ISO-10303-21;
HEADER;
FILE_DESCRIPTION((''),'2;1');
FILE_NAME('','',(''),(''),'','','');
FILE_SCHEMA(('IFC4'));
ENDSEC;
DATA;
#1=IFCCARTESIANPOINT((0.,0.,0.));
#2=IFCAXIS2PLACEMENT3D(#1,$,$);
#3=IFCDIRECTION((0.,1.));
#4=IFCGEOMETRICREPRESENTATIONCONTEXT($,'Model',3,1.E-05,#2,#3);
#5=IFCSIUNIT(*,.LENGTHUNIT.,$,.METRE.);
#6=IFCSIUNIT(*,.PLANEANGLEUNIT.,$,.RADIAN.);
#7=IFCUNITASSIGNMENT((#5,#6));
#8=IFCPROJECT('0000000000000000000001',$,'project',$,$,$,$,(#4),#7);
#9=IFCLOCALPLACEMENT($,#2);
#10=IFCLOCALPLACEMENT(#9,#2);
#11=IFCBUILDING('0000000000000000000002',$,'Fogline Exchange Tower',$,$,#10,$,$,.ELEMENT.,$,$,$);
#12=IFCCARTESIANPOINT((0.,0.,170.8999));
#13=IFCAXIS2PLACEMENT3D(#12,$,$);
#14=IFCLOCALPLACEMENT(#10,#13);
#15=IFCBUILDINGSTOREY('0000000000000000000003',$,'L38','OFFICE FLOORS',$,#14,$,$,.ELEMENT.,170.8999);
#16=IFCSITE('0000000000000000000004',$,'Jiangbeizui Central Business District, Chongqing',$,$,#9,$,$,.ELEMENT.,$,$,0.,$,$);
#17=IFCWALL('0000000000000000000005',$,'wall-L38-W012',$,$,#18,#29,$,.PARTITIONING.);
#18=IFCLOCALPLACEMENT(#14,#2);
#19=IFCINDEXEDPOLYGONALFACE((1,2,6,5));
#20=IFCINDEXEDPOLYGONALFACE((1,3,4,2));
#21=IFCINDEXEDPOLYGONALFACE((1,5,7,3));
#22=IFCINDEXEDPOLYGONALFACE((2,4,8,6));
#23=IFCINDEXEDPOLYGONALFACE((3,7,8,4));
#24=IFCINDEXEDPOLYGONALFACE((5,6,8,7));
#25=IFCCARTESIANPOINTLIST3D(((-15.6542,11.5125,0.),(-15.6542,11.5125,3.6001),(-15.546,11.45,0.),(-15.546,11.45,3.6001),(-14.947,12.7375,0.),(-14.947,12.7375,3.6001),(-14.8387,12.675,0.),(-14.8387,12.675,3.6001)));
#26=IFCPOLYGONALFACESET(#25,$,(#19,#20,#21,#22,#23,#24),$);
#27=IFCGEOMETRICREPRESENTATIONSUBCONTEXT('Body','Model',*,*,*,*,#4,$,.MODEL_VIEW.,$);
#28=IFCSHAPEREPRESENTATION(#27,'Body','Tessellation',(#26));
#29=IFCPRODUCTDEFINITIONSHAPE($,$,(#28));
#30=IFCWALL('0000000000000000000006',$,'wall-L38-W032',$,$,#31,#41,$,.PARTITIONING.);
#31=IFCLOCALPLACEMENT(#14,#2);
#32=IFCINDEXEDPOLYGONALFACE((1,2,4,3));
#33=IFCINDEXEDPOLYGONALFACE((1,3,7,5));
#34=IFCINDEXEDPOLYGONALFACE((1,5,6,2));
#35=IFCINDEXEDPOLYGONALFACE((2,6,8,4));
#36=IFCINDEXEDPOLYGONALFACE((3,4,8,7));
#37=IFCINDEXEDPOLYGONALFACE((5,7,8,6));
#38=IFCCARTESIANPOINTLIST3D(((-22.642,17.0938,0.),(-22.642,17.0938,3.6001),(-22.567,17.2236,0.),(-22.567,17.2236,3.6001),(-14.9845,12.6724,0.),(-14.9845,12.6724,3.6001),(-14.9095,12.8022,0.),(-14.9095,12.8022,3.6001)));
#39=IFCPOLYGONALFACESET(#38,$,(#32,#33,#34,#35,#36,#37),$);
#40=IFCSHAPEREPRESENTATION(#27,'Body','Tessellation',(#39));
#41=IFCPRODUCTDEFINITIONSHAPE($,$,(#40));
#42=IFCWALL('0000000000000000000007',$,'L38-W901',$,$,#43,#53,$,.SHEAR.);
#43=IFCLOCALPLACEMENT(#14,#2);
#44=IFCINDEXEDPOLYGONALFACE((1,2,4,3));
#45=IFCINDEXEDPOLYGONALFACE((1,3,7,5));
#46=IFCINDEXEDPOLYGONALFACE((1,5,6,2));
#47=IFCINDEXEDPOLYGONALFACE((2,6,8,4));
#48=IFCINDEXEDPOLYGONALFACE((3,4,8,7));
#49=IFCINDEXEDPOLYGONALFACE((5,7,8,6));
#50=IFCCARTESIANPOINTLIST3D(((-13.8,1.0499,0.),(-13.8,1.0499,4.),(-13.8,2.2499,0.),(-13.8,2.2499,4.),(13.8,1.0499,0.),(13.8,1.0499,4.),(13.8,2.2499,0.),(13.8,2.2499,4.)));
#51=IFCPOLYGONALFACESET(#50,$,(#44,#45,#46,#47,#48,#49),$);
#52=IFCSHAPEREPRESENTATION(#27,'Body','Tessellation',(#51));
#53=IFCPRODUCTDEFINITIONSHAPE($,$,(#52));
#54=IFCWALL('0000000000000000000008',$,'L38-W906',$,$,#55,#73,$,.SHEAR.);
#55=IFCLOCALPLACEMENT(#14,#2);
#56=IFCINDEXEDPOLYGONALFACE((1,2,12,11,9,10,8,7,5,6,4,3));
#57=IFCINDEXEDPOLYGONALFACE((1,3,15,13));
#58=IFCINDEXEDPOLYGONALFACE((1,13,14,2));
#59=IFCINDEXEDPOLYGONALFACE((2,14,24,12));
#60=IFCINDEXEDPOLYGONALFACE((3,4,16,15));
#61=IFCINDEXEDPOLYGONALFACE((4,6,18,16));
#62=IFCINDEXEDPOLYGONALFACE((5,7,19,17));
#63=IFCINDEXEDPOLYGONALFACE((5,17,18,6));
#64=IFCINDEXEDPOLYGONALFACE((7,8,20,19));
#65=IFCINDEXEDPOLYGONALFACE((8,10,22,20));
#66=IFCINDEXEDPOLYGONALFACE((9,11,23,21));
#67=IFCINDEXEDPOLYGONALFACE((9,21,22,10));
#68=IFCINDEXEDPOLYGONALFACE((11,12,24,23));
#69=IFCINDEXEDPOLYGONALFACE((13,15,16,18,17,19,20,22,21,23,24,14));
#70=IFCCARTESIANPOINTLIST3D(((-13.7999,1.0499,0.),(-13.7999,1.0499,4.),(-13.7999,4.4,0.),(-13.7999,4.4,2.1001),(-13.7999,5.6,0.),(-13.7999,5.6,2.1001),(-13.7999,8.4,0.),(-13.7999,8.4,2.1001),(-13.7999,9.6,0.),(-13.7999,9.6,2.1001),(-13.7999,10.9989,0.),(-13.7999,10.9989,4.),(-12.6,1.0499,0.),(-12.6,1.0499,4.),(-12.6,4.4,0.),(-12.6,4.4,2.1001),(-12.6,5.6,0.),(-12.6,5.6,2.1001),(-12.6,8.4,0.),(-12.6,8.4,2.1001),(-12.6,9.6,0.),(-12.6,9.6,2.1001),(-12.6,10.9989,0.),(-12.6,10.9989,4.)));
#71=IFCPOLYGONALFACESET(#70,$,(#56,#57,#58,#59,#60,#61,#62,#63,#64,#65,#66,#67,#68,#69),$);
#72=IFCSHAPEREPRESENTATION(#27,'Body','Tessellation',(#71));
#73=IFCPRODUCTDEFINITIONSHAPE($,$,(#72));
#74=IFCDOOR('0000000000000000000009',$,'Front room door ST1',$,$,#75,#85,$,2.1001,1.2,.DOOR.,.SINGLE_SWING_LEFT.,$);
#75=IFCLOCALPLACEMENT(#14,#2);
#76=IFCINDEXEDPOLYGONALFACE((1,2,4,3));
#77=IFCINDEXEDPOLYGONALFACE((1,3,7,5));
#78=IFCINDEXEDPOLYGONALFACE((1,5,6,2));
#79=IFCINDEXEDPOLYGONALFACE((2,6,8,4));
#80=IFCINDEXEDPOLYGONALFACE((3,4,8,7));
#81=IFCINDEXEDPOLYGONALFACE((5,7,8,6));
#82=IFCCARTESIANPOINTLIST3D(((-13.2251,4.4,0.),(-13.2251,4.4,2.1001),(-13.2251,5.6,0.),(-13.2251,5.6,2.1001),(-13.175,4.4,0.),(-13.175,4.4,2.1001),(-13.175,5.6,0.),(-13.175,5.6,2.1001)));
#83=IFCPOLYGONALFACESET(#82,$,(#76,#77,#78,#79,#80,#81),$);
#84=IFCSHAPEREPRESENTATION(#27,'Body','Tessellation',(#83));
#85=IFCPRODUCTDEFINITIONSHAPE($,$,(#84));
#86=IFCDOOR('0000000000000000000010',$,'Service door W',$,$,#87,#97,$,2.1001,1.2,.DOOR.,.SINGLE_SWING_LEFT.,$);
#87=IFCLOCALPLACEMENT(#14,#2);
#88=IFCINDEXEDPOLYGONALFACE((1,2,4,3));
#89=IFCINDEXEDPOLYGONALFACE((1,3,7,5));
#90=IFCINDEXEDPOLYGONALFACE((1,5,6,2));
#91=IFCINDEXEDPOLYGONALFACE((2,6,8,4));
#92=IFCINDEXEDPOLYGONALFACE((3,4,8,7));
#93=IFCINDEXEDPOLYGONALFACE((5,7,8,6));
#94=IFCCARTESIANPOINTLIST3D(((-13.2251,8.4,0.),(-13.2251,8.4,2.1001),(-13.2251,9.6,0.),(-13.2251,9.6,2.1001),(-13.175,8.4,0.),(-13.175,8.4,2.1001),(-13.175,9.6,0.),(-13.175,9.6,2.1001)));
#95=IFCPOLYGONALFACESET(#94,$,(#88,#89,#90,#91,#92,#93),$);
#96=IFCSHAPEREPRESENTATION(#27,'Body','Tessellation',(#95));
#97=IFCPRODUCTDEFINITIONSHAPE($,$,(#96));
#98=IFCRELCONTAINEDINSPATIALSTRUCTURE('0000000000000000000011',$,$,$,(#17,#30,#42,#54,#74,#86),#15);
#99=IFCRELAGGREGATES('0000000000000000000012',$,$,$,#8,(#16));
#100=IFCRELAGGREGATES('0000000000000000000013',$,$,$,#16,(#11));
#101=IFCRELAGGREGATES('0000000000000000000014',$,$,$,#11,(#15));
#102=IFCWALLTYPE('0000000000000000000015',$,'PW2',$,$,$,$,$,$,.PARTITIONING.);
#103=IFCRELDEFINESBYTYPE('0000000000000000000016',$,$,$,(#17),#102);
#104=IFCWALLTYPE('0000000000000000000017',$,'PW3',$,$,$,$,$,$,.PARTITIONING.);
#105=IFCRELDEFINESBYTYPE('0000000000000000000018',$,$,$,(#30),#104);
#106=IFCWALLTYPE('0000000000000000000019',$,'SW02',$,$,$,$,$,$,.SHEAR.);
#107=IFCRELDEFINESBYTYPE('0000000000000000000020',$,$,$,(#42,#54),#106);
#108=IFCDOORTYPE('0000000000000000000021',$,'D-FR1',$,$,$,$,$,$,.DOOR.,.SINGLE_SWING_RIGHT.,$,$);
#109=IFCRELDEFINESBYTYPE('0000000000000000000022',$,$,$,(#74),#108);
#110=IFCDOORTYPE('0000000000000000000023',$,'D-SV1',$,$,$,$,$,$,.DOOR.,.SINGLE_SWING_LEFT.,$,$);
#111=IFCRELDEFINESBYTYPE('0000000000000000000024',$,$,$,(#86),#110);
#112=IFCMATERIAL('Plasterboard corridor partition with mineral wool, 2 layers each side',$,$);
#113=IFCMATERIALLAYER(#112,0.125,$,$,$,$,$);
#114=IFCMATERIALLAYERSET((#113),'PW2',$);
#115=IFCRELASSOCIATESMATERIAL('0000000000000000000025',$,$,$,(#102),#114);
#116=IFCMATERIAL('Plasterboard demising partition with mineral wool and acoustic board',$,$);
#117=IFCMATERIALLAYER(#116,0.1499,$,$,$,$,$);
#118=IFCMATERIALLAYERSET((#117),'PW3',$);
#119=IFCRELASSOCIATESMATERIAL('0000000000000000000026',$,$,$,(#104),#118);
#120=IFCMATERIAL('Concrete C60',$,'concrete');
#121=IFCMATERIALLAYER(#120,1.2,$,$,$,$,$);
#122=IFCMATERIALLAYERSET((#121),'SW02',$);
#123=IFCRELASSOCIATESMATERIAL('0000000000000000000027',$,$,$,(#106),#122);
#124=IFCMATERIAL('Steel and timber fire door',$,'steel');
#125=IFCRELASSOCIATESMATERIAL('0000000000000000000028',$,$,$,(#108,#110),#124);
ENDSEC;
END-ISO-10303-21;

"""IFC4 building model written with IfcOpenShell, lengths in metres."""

from ifc_helpers import new_model, si_unit, direction, frame, frame_2d, origin, place, context, subcontext, project, spatial, rectangle, extrude, material, layer, layer_set, type_object, element, fill, save


model = new_model("IFC4")

# Units and contexts
model_context = context("Model", 3, precision=1e-05, world=origin(), true_north=direction((0.0, 1.0)))
body_context = subcontext(model_context, "Body", "Model", "MODEL_VIEW")
ifc_project = project(units=[si_unit("LENGTHUNIT", "METRE"), si_unit("PLANEANGLEUNIT", "RADIAN")], contexts=[model_context])

# Site, building, storey
site_placement = place(None, origin())
site = spatial("IfcSite", under=ifc_project, at=site_placement, Name="Jiangbeizui Central Business District, Chongqing", CompositionType="ELEMENT", RefElevation=0.0)
building_placement = place(site_placement, origin())
building = spatial("IfcBuilding", under=site, at=building_placement, Name="Fogline Exchange Tower", CompositionType="ELEMENT")
storey_placement = place(building_placement, frame((0.0, 0.0, 170.8999)))
storey = spatial("IfcBuildingStorey", under=building, at=storey_placement, Name="L38", Description="OFFICE FLOORS", CompositionType="ELEMENT", Elevation=170.8999)

# Shared definitions
ifc_material_1 = material(Name="Steel and timber fire door", Category="steel")

# Shared definitions
ifc_material_2 = material(Name="Plasterboard corridor partition with mineral wool, 2 layers each side")
ifc_layer_1 = layer(ifc_material_2, 0.125)
ifc_layer_set_1 = layer_set([ifc_layer_1], Name="PW2")
wall_type_1 = type_object("IfcWallType", Name="PW2", PredefinedType="PARTITIONING", material=ifc_layer_set_1)

# Walls
wall_1_placement = place(storey_placement, frame((-15.6001, 11.4812, 0.0), z_axis=(0.0, 0.0, 1.0), x_axis=(0.499981, 0.866036, 0.0)))
element("IfcWall", 1, at=wall_1_placement, inside=storey, type_object=wall_type_1, Name="wall-L38-W012", PredefinedType="PARTITIONING", context=body_context, shape_type="SweptSolid", body=[
    extrude(rectangle(XDim=1.4146, YDim=0.125, at=frame_2d((0.7073, 0.0))), origin(), (0.0, 0.0, 1.0), 3.6001),
])
ifc_material_3 = material(Name="Plasterboard demising partition with mineral wool and acoustic board")
ifc_layer_2 = layer(ifc_material_3, 0.1499)
ifc_layer_set_2 = layer_set([ifc_layer_2], Name="PW3")
wall_type_2 = type_object("IfcWallType", Name="PW3", PredefinedType="PARTITIONING", material=ifc_layer_set_2)
wall_2_placement = place(storey_placement, frame((-14.947, 12.7373, 0.0), z_axis=(0.0, 0.0, 1.0), x_axis=(-0.866009, 0.500029, 0.0)))
element("IfcWall", 2, at=wall_2_placement, inside=storey, type_object=wall_type_2, Name="wall-L38-W032", PredefinedType="PARTITIONING", context=body_context, shape_type="SweptSolid", body=[
    extrude(rectangle(XDim=8.8423, YDim=0.1499, at=frame_2d((4.4211, 0.0))), origin(), (0.0, 0.0, 1.0), 3.6001),
])
ifc_material_4 = material(Name="Concrete C60", Category="concrete")
ifc_layer_3 = layer(ifc_material_4, 1.2)
ifc_layer_set_3 = layer_set([ifc_layer_3], Name="SW02")
wall_type_3 = type_object("IfcWallType", Name="SW02", PredefinedType="SHEAR", material=ifc_layer_set_3)
wall_3_placement = place(storey_placement, frame((-13.8, 1.6499, 0.0), z_axis=(0.0, 0.0, 1.0), x_axis=(1.0, 0.0, 0.0)))
element("IfcWall", 3, at=wall_3_placement, inside=storey, type_object=wall_type_3, Name="L38-W901", PredefinedType="SHEAR", context=body_context, shape_type="SweptSolid", body=[
    extrude(rectangle(XDim=27.6001, YDim=1.2, at=frame_2d((13.8, 0.0))), origin(), (0.0, 0.0, 1.0), 4.0),
])

# Wall, openings, doors
wall_4_placement = place(storey_placement, frame((-13.2, 10.999, 0.0), z_axis=(0.0, 0.0, 1.0), x_axis=(0.0, -1.0, 0.0)))
wall_4 = element("IfcWall", 4, at=wall_4_placement, inside=storey, type_object=wall_type_3, Name="L38-W906", PredefinedType="SHEAR", context=body_context, shape_type="SweptSolid", body=[
    extrude(rectangle(XDim=9.949, YDim=1.2, at=frame_2d((4.9746, 0.0))), origin(), (0.0, 0.0, 1.0), 4.0),
])
opening_1_placement = place(wall_4_placement, frame((5.3989, 0.0, 0.0)))
opening_1 = element("IfcOpeningElement", 5, at=opening_1_placement, cuts=wall_4, PredefinedType="OPENING", context=body_context, shape_type="SweptSolid", body=[
    extrude(rectangle(XDim=1.2, YDim=2.1001, at=frame_2d((0.6001, 1.05))), frame((0.0, 0.6099, 0.0), z_axis=(0.0, -1.0, 0.0), x_axis=(1.0, 0.0, 0.0)), (0.0, 0.0, 1.0), 1.22),
])
opening_2_placement = place(wall_4_placement, frame((1.3989, 0.0, 0.0)))
opening_2 = element("IfcOpeningElement", 6, at=opening_2_placement, cuts=wall_4, PredefinedType="OPENING", context=body_context, shape_type="SweptSolid", body=[
    extrude(rectangle(XDim=1.2, YDim=2.1001, at=frame_2d((0.6001, 1.05))), frame((0.0, 0.6099, 0.0), z_axis=(0.0, -1.0, 0.0), x_axis=(1.0, 0.0, 0.0)), (0.0, 0.0, 1.0), 1.22),
])
door_type_1 = type_object("IfcDoorType", Name="D-FR1", OperationType="SINGLE_SWING_RIGHT", PredefinedType="DOOR", material=ifc_material_1)
door_1_placement = place(opening_1_placement, origin())
door_1 = element("IfcDoor", 7, at=door_1_placement, inside=storey, type_object=door_type_1, Name="Front room door ST1", OperationType="SINGLE_SWING_LEFT", OverallHeight=2.1001, OverallWidth=1.2, PredefinedType="DOOR", context=body_context, shape_type="SweptSolid", body=[
    extrude(rectangle(XDim=1.2, YDim=2.1001, at=frame_2d((0.6001, 1.05))), frame((0.0, 0.0249, 0.0), z_axis=(0.0, -1.0, 0.0), x_axis=(1.0, 0.0, 0.0)), (0.0, 0.0, 1.0), 0.05),
])
fill(opening_1, door_1)
door_type_2 = type_object("IfcDoorType", Name="D-SV1", OperationType="SINGLE_SWING_LEFT", PredefinedType="DOOR", material=ifc_material_1)
door_2_placement = place(opening_2_placement, origin())
door_2 = element("IfcDoor", 8, at=door_2_placement, inside=storey, type_object=door_type_2, Name="Service door W", OperationType="SINGLE_SWING_LEFT", OverallHeight=2.1001, OverallWidth=1.2, PredefinedType="DOOR", context=body_context, shape_type="SweptSolid", body=[
    extrude(rectangle(XDim=1.2, YDim=2.1001, at=frame_2d((0.6001, 1.05))), frame((0.0, 0.0249, 0.0), z_axis=(0.0, -1.0, 0.0), x_axis=(1.0, 0.0, 0.0)), (0.0, 0.0, 1.0), 0.05),
])
fill(opening_2, door_2)

save(model, "model.ifc")
